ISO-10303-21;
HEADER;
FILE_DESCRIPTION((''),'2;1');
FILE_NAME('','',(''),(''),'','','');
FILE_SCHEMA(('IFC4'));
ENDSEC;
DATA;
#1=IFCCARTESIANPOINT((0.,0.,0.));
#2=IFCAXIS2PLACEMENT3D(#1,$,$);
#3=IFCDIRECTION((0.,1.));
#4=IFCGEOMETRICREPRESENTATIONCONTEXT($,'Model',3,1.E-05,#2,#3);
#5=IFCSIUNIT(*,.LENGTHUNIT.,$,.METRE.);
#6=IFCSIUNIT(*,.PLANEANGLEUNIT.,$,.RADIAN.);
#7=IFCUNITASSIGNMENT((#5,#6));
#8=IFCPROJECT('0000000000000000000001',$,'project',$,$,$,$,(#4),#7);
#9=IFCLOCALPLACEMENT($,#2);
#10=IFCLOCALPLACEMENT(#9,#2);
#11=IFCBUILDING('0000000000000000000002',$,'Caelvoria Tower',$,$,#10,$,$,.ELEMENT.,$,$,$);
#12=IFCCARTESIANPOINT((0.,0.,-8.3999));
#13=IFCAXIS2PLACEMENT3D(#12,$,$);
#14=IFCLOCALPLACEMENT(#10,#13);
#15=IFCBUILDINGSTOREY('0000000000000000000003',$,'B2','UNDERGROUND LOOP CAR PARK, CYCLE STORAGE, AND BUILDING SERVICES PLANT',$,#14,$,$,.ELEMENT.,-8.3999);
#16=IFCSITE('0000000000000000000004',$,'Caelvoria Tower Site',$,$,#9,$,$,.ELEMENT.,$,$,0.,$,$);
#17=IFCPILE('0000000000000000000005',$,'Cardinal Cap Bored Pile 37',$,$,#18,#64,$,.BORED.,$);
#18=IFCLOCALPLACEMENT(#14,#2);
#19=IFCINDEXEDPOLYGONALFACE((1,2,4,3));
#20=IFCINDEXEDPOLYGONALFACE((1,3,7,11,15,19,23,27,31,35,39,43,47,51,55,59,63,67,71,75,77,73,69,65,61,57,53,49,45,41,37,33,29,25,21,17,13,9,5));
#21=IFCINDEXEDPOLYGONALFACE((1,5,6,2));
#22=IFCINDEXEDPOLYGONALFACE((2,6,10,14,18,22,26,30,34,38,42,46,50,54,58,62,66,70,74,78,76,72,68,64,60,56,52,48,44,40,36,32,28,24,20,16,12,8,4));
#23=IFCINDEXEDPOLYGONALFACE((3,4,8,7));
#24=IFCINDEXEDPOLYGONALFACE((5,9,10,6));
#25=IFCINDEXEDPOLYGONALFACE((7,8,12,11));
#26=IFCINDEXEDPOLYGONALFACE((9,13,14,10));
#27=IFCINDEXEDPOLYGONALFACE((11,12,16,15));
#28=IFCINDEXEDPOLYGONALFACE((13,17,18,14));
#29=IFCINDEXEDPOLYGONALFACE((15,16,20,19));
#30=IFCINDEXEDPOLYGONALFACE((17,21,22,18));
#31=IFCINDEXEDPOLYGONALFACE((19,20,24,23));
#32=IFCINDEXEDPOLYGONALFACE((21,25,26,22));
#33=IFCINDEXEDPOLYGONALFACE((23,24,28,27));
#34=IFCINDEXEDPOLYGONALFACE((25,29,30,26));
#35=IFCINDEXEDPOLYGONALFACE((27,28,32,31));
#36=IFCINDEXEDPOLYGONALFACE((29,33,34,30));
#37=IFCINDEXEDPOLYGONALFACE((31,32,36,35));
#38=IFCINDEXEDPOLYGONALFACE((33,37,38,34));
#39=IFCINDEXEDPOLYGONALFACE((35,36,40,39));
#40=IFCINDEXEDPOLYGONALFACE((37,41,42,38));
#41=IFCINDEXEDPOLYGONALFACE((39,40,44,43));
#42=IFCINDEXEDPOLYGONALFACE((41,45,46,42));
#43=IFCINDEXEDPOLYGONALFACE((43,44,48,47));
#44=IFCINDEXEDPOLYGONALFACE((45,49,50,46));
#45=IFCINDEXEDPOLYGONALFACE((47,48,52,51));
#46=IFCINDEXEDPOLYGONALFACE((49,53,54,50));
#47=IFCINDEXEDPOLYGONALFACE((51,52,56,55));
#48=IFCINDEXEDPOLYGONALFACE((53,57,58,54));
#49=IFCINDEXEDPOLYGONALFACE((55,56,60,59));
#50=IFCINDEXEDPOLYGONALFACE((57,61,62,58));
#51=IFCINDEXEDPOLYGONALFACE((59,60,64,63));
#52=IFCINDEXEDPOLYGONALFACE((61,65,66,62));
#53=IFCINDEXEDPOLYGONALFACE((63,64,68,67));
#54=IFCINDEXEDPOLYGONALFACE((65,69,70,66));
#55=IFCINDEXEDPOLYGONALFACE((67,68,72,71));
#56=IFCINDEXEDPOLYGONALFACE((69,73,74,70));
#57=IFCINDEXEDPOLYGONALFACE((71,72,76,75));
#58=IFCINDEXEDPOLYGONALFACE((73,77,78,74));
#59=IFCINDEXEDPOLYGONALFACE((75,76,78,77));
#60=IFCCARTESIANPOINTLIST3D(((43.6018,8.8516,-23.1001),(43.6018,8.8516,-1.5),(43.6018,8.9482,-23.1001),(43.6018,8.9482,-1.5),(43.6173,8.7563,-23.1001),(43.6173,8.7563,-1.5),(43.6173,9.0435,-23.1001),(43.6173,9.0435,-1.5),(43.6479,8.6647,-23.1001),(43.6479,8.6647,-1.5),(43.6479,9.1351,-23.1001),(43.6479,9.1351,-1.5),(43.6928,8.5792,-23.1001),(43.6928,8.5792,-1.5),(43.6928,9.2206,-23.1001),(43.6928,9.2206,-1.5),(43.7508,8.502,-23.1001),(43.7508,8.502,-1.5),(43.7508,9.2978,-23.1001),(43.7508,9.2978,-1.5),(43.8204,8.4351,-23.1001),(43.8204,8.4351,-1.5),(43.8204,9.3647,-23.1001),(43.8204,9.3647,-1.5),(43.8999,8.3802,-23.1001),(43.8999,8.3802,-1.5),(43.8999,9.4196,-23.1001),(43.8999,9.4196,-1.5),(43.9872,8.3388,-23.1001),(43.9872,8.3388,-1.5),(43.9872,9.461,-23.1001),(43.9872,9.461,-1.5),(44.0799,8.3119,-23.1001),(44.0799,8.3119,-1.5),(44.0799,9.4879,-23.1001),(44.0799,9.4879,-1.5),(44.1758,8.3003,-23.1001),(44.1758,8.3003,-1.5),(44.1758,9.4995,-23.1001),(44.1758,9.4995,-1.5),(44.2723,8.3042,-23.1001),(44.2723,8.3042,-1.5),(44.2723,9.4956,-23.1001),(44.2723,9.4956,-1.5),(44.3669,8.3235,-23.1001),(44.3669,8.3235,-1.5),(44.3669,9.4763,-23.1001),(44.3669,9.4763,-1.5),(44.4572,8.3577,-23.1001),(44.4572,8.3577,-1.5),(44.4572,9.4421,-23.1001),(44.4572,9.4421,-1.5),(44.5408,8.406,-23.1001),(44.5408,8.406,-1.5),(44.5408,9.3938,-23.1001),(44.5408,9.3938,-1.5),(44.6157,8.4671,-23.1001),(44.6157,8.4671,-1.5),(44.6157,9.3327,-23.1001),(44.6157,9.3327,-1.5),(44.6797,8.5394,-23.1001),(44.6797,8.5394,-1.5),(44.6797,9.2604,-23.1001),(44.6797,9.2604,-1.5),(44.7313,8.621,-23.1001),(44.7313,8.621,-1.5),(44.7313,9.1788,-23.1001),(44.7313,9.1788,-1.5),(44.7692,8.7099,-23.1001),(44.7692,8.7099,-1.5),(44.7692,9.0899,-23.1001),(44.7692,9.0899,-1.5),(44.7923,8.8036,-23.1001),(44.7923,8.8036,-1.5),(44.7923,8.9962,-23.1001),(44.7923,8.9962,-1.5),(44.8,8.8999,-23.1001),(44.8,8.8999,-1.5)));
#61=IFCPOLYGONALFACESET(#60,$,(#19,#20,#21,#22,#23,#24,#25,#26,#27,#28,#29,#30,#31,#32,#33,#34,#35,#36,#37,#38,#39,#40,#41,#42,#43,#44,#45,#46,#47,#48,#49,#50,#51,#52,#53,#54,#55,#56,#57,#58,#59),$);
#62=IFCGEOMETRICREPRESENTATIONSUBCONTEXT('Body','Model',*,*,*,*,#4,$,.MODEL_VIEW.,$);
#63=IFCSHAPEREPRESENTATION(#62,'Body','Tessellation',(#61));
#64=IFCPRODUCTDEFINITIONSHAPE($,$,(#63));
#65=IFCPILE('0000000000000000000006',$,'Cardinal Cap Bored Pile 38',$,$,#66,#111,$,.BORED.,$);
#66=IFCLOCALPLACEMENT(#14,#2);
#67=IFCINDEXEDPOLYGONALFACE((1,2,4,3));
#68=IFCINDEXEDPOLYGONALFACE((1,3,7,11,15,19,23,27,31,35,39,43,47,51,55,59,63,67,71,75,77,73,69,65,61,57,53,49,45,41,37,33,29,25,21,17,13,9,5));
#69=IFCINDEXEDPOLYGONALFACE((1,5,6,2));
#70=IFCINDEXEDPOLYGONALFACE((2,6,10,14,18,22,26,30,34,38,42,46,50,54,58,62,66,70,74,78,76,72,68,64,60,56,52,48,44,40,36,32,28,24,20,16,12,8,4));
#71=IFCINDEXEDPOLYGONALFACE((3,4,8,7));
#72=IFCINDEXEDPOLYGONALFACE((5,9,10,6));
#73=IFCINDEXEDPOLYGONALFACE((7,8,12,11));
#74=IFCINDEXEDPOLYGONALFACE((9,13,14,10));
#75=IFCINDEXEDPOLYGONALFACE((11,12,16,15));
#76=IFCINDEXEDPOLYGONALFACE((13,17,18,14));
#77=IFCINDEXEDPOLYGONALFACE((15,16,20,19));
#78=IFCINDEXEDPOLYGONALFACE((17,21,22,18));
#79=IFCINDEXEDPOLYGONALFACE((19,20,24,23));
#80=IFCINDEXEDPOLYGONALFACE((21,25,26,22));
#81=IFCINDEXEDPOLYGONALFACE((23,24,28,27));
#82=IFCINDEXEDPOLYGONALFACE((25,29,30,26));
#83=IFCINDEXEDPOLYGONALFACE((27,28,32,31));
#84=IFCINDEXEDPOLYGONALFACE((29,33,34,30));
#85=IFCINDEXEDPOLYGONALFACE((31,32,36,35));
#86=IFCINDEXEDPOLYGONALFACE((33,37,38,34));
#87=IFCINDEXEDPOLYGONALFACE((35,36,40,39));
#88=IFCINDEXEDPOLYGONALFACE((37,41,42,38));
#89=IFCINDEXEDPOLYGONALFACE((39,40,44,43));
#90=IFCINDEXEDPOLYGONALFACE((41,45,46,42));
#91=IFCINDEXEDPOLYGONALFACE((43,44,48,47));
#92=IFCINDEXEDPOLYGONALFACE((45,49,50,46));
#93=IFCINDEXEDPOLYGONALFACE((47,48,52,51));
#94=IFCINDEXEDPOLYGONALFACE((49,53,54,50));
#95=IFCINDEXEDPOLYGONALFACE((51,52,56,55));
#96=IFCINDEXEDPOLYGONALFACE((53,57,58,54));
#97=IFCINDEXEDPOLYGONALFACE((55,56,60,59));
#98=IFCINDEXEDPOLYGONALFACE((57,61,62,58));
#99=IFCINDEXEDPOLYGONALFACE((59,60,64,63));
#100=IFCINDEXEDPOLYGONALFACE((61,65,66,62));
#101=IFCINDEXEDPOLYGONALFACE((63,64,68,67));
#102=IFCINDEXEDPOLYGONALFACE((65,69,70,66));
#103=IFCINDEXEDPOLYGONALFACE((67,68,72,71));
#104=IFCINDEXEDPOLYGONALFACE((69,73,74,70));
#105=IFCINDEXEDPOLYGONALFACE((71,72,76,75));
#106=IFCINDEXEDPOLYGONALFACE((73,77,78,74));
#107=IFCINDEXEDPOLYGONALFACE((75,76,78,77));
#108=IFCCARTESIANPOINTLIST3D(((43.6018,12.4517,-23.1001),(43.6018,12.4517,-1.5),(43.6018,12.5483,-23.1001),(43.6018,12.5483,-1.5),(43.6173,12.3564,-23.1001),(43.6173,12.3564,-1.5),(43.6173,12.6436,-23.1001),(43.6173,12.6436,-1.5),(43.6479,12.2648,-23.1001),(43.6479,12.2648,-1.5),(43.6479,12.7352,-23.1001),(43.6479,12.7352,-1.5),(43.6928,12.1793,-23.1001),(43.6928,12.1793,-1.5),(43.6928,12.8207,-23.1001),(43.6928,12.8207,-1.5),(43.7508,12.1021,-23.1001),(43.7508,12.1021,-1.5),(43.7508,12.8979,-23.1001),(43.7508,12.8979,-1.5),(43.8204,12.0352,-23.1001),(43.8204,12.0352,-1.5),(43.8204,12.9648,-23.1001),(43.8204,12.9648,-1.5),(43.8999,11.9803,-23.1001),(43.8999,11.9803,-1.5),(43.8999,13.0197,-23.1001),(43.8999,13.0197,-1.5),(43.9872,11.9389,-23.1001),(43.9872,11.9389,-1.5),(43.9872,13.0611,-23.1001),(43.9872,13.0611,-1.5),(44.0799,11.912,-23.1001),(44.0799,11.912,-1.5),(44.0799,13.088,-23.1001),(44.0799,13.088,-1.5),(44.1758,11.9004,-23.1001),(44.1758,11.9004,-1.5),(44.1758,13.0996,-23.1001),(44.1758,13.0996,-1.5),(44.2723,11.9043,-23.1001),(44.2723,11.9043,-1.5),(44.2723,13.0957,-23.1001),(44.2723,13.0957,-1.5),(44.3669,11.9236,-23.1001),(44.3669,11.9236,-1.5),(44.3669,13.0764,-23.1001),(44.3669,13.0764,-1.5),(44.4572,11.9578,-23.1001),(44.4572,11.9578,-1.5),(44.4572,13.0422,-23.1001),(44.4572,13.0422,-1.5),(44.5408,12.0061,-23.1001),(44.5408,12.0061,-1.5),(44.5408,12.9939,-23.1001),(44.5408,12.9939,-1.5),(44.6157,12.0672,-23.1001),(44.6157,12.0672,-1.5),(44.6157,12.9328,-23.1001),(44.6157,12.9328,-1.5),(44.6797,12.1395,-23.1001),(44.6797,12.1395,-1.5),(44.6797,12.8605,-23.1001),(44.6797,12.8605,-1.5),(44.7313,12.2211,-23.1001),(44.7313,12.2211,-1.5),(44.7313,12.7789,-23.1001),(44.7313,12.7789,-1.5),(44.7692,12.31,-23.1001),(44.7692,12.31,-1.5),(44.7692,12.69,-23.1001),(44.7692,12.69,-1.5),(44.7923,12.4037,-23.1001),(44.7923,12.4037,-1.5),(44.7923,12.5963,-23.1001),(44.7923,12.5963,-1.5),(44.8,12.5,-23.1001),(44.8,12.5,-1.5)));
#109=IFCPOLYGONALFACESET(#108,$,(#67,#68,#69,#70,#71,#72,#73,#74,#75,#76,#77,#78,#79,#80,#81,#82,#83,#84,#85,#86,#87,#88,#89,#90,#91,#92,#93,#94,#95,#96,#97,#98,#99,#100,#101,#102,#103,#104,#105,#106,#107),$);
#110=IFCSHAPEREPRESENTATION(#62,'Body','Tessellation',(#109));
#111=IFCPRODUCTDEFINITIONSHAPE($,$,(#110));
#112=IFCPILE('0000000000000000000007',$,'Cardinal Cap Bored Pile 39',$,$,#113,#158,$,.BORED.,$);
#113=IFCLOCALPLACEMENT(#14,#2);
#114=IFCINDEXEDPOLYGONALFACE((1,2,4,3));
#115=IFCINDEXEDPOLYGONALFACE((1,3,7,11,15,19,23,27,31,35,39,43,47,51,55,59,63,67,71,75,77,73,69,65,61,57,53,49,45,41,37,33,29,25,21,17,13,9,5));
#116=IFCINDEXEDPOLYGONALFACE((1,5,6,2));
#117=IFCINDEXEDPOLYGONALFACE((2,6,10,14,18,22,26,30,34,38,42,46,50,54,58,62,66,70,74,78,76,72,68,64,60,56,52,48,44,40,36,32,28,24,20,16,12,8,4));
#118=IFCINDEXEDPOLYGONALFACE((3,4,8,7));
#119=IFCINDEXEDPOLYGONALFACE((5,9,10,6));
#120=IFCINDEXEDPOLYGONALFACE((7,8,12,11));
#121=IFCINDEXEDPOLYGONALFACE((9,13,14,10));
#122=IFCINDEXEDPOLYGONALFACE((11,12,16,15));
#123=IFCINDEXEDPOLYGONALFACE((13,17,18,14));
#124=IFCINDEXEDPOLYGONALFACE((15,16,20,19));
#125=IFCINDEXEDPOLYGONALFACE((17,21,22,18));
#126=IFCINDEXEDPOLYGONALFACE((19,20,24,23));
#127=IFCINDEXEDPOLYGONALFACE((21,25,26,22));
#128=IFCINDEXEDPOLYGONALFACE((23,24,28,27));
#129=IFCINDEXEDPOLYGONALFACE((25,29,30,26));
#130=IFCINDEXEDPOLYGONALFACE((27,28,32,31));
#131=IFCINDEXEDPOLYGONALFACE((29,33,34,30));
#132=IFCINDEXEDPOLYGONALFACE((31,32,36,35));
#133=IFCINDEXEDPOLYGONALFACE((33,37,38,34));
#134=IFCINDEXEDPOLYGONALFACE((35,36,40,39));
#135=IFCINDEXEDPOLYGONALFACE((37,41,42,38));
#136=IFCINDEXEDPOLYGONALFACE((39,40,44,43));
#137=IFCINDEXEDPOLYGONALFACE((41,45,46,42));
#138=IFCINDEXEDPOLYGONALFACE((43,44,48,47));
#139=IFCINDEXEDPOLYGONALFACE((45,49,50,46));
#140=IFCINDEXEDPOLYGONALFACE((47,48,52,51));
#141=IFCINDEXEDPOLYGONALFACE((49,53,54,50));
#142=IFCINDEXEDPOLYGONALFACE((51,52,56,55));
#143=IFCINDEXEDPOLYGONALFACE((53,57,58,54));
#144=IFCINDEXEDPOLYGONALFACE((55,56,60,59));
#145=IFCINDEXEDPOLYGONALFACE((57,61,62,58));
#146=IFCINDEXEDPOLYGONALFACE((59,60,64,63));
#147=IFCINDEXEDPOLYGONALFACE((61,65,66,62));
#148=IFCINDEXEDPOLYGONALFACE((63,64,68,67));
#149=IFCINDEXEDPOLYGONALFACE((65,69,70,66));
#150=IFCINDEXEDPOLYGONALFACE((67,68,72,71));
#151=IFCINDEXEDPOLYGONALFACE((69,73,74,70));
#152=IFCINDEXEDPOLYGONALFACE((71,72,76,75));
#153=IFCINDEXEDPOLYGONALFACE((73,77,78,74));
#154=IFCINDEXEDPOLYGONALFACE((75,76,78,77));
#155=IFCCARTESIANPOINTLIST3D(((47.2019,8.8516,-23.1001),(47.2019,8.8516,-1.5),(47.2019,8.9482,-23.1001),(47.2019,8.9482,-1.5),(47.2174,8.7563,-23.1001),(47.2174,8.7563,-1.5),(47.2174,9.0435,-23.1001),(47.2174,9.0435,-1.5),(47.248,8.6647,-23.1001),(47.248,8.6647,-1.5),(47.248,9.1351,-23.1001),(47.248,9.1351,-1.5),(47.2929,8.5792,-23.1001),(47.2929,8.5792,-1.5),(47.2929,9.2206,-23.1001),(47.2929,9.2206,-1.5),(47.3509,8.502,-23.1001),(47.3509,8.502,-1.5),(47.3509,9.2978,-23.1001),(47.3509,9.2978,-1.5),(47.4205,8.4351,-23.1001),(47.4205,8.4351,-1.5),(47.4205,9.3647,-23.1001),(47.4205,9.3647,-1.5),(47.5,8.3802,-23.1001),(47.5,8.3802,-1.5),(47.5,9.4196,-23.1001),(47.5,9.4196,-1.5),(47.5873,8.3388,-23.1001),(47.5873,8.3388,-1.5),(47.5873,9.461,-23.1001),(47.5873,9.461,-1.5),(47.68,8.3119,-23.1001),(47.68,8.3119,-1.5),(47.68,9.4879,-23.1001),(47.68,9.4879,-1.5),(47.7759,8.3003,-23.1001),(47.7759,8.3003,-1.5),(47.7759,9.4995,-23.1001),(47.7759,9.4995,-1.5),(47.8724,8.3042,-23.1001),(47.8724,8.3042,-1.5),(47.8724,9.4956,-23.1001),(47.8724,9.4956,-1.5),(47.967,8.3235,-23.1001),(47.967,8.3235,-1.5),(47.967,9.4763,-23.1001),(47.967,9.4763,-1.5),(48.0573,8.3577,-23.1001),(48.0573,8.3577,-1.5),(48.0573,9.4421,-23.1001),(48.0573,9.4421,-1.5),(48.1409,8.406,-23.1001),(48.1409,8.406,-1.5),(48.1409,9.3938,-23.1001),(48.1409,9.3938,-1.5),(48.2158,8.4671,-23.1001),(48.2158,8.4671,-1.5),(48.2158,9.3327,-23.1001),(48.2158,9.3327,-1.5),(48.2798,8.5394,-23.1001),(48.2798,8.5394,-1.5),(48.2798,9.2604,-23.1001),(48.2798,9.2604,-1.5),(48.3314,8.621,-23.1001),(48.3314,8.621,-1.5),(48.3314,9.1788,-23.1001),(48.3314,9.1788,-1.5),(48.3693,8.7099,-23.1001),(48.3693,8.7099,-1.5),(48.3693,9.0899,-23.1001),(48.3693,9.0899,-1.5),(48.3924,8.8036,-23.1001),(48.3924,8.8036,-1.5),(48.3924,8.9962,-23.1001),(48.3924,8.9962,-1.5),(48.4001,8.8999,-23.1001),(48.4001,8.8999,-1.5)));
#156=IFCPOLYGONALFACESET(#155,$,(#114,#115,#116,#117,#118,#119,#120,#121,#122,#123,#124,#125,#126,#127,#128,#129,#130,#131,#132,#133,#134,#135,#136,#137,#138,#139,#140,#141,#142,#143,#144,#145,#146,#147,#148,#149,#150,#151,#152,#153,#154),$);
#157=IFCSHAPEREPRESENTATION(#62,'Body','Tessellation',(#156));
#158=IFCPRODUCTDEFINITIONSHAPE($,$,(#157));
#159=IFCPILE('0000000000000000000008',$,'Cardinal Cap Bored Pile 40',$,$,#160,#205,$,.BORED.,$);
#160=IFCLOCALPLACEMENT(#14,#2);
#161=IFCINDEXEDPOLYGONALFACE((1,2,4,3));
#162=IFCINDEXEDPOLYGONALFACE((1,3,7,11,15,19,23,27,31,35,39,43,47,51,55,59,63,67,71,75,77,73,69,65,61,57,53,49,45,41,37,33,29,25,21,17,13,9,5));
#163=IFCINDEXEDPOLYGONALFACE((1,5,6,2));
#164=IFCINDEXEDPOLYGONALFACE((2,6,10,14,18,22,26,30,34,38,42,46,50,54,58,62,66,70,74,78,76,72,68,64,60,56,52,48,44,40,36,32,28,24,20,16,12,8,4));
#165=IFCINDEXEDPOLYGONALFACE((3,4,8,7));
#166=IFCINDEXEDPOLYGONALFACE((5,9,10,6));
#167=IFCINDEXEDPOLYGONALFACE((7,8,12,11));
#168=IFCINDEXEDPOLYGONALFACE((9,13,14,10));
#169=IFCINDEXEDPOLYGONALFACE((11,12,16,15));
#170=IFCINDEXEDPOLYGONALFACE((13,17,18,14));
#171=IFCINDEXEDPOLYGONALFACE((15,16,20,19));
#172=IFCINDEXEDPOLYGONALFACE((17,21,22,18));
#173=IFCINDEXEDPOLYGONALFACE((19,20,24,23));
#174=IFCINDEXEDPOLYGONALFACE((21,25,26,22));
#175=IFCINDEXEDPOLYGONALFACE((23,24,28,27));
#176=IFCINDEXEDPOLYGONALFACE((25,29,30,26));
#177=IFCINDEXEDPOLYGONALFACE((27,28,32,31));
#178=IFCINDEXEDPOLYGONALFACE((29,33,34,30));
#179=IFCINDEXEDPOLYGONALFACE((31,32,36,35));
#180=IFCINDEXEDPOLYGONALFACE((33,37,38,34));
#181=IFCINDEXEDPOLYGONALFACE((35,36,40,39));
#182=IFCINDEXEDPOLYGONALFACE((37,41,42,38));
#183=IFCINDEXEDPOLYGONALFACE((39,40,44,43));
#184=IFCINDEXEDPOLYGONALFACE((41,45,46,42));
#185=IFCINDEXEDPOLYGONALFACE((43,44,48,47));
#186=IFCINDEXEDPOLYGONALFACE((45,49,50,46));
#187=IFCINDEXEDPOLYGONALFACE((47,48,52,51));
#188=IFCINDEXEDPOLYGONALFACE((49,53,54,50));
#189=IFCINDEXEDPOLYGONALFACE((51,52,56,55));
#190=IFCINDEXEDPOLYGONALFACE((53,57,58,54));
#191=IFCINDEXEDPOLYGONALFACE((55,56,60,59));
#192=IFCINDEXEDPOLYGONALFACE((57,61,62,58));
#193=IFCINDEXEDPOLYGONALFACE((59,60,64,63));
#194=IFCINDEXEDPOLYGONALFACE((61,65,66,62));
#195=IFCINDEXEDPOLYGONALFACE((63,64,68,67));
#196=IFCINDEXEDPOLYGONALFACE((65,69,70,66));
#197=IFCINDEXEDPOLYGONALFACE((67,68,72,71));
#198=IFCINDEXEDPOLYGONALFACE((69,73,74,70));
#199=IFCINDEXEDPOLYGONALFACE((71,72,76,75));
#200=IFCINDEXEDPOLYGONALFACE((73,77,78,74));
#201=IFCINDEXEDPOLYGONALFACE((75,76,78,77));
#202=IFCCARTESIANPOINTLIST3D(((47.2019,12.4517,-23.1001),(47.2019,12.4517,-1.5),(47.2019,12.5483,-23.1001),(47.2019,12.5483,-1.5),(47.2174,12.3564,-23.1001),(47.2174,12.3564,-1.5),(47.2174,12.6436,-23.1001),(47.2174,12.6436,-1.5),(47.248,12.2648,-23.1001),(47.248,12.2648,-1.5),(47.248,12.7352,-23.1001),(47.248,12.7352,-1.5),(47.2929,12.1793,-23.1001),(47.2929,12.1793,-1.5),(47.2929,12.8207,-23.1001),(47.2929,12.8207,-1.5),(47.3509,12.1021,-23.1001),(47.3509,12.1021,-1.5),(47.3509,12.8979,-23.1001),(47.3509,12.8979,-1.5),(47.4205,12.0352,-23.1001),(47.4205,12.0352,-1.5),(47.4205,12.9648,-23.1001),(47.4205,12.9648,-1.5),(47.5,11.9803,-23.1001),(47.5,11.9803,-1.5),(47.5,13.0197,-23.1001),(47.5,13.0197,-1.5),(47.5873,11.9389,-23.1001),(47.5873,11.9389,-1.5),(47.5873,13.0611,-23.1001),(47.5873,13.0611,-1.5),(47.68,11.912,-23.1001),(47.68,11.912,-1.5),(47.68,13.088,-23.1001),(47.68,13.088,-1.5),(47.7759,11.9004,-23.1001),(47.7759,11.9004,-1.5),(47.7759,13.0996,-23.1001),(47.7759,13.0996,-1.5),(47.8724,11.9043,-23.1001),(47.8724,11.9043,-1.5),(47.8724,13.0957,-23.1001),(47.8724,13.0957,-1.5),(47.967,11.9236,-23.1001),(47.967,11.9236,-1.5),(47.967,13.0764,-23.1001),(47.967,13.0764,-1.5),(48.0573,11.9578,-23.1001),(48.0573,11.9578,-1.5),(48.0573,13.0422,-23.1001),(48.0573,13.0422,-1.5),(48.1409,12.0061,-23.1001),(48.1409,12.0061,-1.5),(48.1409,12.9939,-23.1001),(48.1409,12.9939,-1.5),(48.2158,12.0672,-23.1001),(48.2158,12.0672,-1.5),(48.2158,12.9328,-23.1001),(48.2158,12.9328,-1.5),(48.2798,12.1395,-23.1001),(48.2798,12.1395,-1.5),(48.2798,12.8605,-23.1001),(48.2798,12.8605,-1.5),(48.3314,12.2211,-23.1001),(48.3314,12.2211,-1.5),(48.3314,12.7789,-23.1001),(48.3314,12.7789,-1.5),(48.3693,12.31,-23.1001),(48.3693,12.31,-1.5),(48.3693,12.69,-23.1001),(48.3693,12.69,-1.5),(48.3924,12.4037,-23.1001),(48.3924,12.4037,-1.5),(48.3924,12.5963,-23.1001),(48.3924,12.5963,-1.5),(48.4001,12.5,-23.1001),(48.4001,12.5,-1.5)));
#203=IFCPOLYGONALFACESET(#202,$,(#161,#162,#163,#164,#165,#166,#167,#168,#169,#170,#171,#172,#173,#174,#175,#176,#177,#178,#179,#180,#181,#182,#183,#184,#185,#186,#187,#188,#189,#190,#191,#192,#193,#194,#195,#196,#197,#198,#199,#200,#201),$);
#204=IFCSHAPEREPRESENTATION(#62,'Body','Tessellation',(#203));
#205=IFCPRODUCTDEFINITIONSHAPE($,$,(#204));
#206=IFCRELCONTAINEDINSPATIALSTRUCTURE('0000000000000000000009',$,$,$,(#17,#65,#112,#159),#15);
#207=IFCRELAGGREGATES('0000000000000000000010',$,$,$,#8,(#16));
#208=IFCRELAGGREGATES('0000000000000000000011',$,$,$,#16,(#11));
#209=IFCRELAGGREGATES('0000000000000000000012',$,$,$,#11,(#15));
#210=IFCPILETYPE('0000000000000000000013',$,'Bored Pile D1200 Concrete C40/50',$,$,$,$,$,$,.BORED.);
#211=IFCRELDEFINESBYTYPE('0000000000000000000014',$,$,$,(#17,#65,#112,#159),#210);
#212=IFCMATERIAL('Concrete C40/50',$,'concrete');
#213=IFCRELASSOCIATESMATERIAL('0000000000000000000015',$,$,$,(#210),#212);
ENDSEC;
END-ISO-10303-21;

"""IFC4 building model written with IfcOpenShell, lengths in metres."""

from ifc_helpers import new_model, si_unit, direction, frame, origin, origin_2d, place, context, subcontext, project, spatial, circle, extrude, material, material_profile, profile_set, type_object, element, save


model = new_model("IFC4")

# Units and contexts
model_context = context("Model", 3, precision=1e-05, world=origin(), true_north=direction((0.0, 1.0)))
body_context = subcontext(model_context, "Body", "Model", "MODEL_VIEW")
ifc_project = project(units=[si_unit("LENGTHUNIT", "METRE"), si_unit("PLANEANGLEUNIT", "RADIAN")], contexts=[model_context])

# Site, building, storey
site_placement = place(None, origin())
site = spatial("IfcSite", under=ifc_project, at=site_placement, Name="Caelvoria Tower Site", CompositionType="ELEMENT", RefElevation=0.0)
building_placement = place(site_placement, origin())
building = spatial("IfcBuilding", under=site, at=building_placement, Name="Caelvoria Tower", CompositionType="ELEMENT")
storey_placement = place(building_placement, frame((0.0, 0.0, -8.3999)))
storey = spatial("IfcBuildingStorey", under=building, at=storey_placement, Name="B2", Description="UNDERGROUND LOOP CAR PARK, CYCLE STORAGE, AND BUILDING SERVICES PLANT", CompositionType="ELEMENT", Elevation=-8.3999)

# Piles
ifc_material_1 = material(Name="Concrete C40/50", Category="concrete")
ifc_material_profile_1 = material_profile(ifc_material_1, circle(Radius=0.6001, at=origin_2d()), Name="Concrete C40/50")
ifc_profile_set_1 = profile_set([ifc_material_profile_1], Name="PILE_D1200 - Concrete C40/50")
pile_type_1 = type_object("IfcPileType", Name="Bored Pile D1200 Concrete C40/50", PredefinedType="BORED", material=ifc_profile_set_1)
for number, where, z_axis, x_axis, name in (
    (1, (44.2, 8.8999, -1.5), (0.0, 0.0, -1.0), (1.0, 0.0, 0.0), "Cardinal Cap Bored Pile 37"),
    (2, (44.2, 12.5, -1.5), (0.0, 0.0, -1.0), (1.0, 0.0, 0.0), "Cardinal Cap Bored Pile 38"),
    (3, (47.8, 8.8999, -1.5), (0.0, 0.0, -1.0), (1.0, 0.0, 0.0), "Cardinal Cap Bored Pile 39"),
    (4, (47.8, 12.5, -1.5), (0.0, 0.0, -1.0), (1.0, 0.0, 0.0), "Cardinal Cap Bored Pile 40"),
):
    element("IfcPile", number, at=place(storey_placement, frame(where, z_axis=z_axis, x_axis=x_axis)), inside=storey, type_object=pile_type_1, Name=name, PredefinedType="BORED", context=body_context, shape_type="SweptSolid", body=[
        extrude(circle(Radius=0.6001, at=origin_2d()), origin(), (0.0, 0.0, 1.0), 21.6001),
    ])

save(model, "model.ifc")
